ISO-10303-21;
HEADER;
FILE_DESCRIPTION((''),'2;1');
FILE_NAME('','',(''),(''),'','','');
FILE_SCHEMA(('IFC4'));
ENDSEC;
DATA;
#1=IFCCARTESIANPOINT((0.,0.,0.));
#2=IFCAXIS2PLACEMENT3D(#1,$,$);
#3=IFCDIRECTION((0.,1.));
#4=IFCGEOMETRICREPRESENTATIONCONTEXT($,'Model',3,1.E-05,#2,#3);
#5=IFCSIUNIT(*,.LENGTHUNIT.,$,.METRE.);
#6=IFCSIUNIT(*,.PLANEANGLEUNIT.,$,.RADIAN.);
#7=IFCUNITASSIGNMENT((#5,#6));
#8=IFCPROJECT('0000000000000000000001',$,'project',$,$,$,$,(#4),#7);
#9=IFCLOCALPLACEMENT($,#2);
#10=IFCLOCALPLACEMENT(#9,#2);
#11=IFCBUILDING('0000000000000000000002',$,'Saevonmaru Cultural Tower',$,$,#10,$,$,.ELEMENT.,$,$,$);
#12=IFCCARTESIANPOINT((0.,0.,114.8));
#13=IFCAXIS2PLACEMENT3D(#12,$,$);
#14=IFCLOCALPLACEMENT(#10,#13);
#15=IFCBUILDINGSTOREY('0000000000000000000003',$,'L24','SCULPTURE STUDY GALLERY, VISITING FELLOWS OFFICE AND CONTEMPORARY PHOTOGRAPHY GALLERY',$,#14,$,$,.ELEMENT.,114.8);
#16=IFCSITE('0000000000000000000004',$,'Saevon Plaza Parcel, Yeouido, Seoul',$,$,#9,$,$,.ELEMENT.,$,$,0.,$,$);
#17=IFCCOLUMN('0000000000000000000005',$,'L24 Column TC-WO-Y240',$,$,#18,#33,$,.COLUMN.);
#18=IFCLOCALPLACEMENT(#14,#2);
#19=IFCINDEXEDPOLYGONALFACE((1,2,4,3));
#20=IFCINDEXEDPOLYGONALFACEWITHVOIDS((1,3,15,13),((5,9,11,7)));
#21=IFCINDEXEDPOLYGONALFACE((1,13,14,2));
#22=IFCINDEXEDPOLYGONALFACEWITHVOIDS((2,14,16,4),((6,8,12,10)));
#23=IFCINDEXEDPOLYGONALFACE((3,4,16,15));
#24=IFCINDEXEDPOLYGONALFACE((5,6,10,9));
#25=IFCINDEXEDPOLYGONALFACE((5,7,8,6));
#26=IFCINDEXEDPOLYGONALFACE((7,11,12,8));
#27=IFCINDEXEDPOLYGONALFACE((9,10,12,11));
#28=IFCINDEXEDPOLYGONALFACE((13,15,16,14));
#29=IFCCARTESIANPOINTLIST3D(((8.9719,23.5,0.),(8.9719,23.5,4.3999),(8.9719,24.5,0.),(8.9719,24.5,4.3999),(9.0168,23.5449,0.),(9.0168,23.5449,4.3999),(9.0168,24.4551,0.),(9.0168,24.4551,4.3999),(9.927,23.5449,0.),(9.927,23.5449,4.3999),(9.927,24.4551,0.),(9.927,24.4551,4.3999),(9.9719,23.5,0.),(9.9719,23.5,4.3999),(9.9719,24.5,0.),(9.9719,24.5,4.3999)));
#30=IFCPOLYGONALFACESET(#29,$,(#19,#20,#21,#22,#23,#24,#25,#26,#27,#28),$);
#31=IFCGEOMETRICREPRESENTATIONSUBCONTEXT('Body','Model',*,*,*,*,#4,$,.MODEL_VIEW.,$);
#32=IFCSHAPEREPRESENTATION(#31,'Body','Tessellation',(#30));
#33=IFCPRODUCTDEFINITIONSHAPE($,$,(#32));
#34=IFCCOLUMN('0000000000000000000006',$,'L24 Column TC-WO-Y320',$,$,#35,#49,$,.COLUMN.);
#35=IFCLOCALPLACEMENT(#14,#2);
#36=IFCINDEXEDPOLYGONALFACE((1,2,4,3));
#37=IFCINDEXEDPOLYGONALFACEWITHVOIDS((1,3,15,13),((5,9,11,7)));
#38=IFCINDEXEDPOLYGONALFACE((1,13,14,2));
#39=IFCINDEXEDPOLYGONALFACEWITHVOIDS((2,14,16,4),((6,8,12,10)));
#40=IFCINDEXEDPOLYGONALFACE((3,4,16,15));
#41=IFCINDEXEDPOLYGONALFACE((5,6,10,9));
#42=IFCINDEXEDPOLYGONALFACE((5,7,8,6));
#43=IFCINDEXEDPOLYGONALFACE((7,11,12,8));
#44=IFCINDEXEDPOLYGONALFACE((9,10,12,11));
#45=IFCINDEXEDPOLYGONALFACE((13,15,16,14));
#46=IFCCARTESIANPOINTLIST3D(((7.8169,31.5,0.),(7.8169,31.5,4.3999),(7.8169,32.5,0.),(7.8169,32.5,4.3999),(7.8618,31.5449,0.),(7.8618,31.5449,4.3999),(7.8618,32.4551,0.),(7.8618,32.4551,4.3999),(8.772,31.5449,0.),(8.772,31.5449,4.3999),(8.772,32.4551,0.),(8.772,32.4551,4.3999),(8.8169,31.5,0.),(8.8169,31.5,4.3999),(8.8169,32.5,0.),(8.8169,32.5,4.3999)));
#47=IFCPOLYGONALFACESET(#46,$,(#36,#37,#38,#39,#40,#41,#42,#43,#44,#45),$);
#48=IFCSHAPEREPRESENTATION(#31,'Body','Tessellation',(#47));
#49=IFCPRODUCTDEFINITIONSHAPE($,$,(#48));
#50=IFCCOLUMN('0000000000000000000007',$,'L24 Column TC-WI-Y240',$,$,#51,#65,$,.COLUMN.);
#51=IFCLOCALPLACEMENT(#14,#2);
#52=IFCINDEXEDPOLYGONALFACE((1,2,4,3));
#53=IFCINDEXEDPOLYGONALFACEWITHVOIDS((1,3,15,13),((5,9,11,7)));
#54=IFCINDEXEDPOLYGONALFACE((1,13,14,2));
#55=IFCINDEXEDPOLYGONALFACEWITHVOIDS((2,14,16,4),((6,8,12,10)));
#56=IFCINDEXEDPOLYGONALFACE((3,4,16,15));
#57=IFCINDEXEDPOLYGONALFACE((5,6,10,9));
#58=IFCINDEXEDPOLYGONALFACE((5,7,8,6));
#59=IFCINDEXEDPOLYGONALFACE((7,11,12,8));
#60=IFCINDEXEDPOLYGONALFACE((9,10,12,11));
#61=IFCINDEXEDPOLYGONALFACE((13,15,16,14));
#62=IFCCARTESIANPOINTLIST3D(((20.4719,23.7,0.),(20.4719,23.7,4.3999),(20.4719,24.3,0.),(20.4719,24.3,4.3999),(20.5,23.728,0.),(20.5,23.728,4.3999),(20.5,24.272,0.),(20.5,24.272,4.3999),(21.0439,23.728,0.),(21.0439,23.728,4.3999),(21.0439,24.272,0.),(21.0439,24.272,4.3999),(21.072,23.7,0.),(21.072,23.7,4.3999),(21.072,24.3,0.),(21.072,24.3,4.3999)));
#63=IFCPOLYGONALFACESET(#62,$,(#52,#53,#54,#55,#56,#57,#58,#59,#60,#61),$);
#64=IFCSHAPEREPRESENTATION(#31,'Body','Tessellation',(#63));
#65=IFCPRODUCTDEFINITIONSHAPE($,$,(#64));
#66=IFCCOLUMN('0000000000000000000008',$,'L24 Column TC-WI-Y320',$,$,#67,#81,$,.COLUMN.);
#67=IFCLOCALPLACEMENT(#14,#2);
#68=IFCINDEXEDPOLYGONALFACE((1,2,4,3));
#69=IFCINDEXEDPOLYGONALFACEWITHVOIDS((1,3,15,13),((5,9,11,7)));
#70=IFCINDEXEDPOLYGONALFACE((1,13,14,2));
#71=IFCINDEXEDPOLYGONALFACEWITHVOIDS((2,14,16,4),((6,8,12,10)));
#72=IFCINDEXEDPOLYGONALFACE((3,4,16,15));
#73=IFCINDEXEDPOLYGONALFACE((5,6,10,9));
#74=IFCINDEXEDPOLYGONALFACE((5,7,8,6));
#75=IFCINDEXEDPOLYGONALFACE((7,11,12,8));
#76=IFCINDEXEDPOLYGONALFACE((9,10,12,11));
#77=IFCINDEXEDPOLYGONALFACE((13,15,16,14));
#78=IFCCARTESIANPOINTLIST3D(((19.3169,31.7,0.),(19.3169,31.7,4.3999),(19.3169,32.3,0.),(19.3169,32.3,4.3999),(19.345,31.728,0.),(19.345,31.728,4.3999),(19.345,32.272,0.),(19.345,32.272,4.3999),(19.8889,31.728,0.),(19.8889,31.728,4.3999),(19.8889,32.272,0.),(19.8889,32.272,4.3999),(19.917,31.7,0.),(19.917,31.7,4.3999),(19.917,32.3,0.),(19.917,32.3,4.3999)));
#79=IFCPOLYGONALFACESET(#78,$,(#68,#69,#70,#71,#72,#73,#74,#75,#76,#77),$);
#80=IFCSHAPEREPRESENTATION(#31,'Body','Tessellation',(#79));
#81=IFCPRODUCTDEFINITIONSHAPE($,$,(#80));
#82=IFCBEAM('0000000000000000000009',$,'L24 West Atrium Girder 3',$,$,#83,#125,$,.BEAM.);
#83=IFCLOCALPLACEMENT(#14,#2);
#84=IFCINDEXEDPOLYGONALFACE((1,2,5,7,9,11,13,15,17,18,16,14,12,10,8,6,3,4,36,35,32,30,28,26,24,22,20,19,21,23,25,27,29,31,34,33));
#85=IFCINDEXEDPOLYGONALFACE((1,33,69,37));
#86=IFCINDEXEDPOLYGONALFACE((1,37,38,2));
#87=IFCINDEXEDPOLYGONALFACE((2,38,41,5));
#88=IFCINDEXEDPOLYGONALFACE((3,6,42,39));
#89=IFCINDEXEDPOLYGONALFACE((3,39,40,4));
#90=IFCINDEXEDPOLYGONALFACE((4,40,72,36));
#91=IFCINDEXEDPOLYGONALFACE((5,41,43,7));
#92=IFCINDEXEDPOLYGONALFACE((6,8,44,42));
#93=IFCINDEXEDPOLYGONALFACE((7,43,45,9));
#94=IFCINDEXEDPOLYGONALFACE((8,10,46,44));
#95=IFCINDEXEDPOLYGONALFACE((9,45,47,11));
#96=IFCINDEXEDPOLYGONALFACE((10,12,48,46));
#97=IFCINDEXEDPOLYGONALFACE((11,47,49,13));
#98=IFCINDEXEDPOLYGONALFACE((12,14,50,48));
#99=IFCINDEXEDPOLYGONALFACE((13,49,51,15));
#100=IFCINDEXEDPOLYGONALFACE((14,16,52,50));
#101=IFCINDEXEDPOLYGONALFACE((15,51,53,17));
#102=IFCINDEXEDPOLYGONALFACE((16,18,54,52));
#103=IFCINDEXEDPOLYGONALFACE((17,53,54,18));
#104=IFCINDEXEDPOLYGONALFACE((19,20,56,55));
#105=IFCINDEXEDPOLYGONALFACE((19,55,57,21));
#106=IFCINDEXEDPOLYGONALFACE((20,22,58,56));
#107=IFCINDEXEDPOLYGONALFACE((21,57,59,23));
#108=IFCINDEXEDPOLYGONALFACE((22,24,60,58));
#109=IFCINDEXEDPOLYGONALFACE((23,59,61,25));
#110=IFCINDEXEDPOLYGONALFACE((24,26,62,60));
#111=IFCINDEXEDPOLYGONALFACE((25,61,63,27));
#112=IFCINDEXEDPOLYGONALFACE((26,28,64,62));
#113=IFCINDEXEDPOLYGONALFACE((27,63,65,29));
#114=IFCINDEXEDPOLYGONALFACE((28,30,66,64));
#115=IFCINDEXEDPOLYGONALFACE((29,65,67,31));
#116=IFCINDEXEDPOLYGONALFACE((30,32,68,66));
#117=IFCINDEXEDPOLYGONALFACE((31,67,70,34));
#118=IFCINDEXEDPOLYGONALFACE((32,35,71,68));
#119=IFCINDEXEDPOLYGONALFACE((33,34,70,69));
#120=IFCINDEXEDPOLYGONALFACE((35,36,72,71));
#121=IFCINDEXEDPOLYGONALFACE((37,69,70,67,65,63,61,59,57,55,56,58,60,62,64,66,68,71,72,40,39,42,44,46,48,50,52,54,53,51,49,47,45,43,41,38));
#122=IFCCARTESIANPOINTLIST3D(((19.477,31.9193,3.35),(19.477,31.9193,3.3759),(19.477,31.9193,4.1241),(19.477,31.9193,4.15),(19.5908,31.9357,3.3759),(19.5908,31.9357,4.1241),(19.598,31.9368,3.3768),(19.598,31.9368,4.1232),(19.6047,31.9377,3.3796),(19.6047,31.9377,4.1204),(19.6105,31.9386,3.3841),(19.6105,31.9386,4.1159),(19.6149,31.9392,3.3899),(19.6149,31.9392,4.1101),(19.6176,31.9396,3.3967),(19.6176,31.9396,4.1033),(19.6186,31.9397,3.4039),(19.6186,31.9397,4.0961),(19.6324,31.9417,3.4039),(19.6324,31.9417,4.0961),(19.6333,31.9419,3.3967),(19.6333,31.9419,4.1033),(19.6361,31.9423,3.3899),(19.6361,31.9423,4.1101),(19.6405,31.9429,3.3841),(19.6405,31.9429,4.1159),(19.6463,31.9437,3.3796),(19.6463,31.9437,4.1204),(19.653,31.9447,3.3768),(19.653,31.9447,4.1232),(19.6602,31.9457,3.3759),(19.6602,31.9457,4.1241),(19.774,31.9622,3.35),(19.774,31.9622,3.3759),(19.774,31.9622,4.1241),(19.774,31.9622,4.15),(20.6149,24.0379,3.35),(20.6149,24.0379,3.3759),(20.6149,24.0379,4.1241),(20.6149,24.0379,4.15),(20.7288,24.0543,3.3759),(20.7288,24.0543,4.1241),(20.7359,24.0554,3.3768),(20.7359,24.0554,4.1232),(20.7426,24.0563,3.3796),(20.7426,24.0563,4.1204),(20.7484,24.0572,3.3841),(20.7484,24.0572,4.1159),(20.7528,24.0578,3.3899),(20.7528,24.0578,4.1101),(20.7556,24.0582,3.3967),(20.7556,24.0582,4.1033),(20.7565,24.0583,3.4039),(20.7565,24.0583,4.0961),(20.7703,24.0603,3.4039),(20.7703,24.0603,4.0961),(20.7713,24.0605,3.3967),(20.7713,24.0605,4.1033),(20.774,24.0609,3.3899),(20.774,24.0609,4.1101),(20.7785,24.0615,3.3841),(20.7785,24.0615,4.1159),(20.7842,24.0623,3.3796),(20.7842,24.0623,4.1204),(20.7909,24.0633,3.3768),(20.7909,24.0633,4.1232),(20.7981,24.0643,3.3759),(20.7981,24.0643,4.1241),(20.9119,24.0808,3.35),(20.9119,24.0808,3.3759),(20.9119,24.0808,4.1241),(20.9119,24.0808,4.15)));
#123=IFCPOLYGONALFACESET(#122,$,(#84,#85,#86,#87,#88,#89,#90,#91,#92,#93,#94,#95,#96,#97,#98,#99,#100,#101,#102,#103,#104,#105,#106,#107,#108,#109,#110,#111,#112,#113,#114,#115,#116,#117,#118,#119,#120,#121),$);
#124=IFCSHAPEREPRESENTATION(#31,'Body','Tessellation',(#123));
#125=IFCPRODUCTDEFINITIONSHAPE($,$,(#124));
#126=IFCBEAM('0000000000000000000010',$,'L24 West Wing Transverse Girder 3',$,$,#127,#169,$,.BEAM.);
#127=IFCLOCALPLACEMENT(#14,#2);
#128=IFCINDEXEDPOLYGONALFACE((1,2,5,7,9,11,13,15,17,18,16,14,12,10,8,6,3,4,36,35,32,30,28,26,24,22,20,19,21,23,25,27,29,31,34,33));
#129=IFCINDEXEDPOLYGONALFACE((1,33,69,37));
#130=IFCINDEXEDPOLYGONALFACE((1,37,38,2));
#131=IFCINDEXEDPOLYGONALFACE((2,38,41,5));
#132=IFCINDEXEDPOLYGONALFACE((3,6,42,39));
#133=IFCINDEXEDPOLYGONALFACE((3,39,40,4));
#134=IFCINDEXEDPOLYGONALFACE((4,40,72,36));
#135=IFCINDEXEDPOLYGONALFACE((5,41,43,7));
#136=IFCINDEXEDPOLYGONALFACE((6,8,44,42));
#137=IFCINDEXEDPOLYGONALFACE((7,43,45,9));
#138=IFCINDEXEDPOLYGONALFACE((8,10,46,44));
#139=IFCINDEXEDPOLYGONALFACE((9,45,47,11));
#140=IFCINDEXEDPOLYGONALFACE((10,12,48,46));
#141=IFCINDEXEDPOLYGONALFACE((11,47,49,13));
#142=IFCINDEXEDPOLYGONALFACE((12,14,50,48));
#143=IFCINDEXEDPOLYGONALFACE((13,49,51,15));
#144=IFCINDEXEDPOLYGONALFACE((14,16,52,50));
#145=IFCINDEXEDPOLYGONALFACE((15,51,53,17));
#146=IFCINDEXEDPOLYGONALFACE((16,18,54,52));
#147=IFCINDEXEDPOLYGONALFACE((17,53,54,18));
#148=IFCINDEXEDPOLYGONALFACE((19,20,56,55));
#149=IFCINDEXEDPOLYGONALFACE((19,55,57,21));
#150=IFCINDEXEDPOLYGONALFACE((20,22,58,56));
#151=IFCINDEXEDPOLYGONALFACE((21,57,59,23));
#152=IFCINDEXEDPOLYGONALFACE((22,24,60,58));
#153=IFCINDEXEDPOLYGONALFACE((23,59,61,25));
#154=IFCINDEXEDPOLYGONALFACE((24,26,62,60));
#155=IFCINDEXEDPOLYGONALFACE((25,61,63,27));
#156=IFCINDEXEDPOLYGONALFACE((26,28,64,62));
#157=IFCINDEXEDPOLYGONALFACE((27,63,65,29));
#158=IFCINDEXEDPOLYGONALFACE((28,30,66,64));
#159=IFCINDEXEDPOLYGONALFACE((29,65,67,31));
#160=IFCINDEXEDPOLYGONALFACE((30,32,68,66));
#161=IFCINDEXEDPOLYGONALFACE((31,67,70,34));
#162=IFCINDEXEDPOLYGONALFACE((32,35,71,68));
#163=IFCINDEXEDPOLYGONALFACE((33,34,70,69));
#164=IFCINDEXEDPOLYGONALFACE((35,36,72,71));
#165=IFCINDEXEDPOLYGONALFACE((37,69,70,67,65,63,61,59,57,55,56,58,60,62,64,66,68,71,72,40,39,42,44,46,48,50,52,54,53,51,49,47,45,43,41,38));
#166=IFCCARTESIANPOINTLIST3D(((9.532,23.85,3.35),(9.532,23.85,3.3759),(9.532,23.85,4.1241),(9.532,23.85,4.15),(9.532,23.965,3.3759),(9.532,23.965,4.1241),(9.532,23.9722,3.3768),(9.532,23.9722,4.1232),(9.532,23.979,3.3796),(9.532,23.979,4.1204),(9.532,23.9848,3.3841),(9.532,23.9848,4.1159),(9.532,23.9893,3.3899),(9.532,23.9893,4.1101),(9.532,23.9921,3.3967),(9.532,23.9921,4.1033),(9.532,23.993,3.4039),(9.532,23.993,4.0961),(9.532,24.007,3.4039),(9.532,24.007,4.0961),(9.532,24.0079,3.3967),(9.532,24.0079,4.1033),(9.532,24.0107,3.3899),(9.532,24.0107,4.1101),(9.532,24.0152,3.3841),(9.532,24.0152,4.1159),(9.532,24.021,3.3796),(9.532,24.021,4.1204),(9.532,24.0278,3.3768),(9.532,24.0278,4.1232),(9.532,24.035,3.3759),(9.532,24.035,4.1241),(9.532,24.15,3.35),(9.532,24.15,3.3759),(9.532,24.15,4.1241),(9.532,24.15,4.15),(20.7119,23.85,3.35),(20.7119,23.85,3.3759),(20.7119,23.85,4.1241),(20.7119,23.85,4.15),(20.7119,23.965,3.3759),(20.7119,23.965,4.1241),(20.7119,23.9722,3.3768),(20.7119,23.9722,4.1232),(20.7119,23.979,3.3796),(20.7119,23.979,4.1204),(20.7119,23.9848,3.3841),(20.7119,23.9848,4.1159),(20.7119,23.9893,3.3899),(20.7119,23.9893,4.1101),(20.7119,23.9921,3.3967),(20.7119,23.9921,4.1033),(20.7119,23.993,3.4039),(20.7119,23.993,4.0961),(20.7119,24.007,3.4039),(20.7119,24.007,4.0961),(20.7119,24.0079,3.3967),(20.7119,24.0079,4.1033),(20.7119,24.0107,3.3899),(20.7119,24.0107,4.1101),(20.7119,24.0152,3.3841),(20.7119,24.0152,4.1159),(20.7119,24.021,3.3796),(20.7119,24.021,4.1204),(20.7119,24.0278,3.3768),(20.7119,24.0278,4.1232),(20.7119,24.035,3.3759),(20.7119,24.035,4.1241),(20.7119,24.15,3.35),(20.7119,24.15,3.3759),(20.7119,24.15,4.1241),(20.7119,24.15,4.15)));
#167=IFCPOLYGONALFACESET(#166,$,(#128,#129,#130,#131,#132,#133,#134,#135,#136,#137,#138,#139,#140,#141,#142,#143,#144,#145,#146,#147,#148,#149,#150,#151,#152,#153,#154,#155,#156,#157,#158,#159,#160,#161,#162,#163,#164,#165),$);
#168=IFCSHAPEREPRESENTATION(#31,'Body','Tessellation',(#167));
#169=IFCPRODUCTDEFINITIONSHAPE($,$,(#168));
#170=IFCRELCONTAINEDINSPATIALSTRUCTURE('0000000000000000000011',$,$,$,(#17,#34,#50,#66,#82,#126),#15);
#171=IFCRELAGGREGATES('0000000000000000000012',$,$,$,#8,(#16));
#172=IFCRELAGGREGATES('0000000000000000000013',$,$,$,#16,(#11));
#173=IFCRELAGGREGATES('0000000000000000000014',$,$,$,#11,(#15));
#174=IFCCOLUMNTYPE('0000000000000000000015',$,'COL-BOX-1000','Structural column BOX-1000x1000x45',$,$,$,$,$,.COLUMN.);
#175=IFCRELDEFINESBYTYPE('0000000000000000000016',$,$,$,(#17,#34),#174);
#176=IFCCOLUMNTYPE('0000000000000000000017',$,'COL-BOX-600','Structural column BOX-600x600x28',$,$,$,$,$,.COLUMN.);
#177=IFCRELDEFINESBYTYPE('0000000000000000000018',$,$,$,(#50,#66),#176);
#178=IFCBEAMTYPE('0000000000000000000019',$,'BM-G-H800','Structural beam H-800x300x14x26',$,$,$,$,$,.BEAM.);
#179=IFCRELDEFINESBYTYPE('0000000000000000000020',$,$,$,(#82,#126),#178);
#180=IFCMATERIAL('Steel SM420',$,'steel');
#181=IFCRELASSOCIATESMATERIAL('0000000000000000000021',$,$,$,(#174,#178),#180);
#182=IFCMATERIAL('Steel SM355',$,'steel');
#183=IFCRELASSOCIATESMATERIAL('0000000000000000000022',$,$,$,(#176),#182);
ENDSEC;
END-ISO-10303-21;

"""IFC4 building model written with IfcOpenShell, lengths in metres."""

from ifc_helpers import new_model, si_unit, direction, frame, origin, origin_2d, place, context, subcontext, project, spatial, hollow_rectangle, i_section, extrude, material, material_profile, profile_set, type_object, element, save


model = new_model("IFC4")

# Units and contexts
model_context = context("Model", 3, precision=1e-05, world=origin(), true_north=direction((0.0, 1.0)))
body_context = subcontext(model_context, "Body", "Model", "MODEL_VIEW")
ifc_project = project(units=[si_unit("LENGTHUNIT", "METRE"), si_unit("PLANEANGLEUNIT", "RADIAN")], contexts=[model_context])

# Site, building, storey
site_placement = place(None, origin())
site = spatial("IfcSite", under=ifc_project, at=site_placement, Name="Saevon Plaza Parcel, Yeouido, Seoul", CompositionType="ELEMENT", RefElevation=0.0)
building_placement = place(site_placement, origin())
building = spatial("IfcBuilding", under=site, at=building_placement, Name="Saevonmaru Cultural Tower", CompositionType="ELEMENT")
storey_placement = place(building_placement, frame((0.0, 0.0, 114.8)))
storey = spatial("IfcBuildingStorey", under=building, at=storey_placement, Name="L24", Description="SCULPTURE STUDY GALLERY, VISITING FELLOWS OFFICE AND CONTEMPORARY PHOTOGRAPHY GALLERY", CompositionType="ELEMENT", Elevation=114.8)

# Columns
ifc_material_1 = material(Name="Steel SM420", Category="steel")
ifc_material_profile_1 = material_profile(ifc_material_1, hollow_rectangle(XDim=1.0, YDim=1.0, WallThickness=0.0449, at=origin_2d()), Name="BOX-1000x1000x45")
ifc_profile_set_1 = profile_set([ifc_material_profile_1], Name="Steel SM420")
column_type_1 = type_object("IfcColumnType", Name="COL-BOX-1000", Description="Structural column BOX-1000x1000x45", PredefinedType="COLUMN", material=ifc_profile_set_1)
for number, where, z_axis, x_axis, name in (
    (1, (9.4719, 24.0, 0.0), (0.0, 0.0, 1.0), (1.0, 0.0, 0.0), "L24 Column TC-WO-Y240"),
    (2, (8.3169, 32.0, 0.0), (0.0, 0.0, 1.0), (1.0, 0.0, 0.0), "L24 Column TC-WO-Y320"),
):
    element("IfcColumn", number, at=place(storey_placement, frame(where, z_axis=z_axis, x_axis=x_axis)), inside=storey, type_object=column_type_1, Name=name, PredefinedType="COLUMN", context=body_context, shape_type="SweptSolid", body=[
        extrude(hollow_rectangle(XDim=1.0, YDim=1.0, WallThickness=0.0449, at=origin_2d()), origin(), (0.0, 0.0, 1.0), 4.3999),
    ])
ifc_material_2 = material(Name="Steel SM355", Category="steel")
ifc_material_profile_2 = material_profile(ifc_material_2, hollow_rectangle(XDim=0.6001, YDim=0.6001, WallThickness=0.0281, at=origin_2d()), Name="BOX-600x600x28")
ifc_profile_set_2 = profile_set([ifc_material_profile_2], Name="Steel SM355")
column_type_2 = type_object("IfcColumnType", Name="COL-BOX-600", Description="Structural column BOX-600x600x28", PredefinedType="COLUMN", material=ifc_profile_set_2)
for number, where, z_axis, x_axis, name in (
    (3, (20.772, 24.0, 0.0), (0.0, 0.0, 1.0), (1.0, 0.0, 0.0), "L24 Column TC-WI-Y240"),
    (4, (19.6169, 32.0, 0.0), (0.0, 0.0, 1.0), (1.0, 0.0, 0.0), "L24 Column TC-WI-Y320"),
):
    element("IfcColumn", number, at=place(storey_placement, frame(where, z_axis=z_axis, x_axis=x_axis)), inside=storey, type_object=column_type_2, Name=name, PredefinedType="COLUMN", context=body_context, shape_type="SweptSolid", body=[
        extrude(hollow_rectangle(XDim=0.6001, YDim=0.6001, WallThickness=0.0281, at=origin_2d()), origin(), (0.0, 0.0, 1.0), 4.3999),
    ])

# Beams
ifc_material_profile_3 = material_profile(ifc_material_1, i_section(OverallWidth=0.3, OverallDepth=0.8, WebThickness=0.0139, FlangeThickness=0.0259, FilletRadius=0.0281, at=origin_2d()), Name="H-800x300x14x26")
ifc_profile_set_3 = profile_set([ifc_material_profile_3], Name="Steel SM420")
beam_type_1 = type_object("IfcBeamType", Name="BM-G-H800", Description="Structural beam H-800x300x14x26", PredefinedType="BEAM", material=ifc_profile_set_3)
beam_1_placement = place(storey_placement, frame((20.7634, 24.0593, 3.75), z_axis=(-0.142902, 0.989737, 0.0), x_axis=(-0.989737, -0.142902, 0.0)))
element("IfcBeam", 5, at=beam_1_placement, inside=storey, type_object=beam_type_1, Name="L24 West Atrium Girder 3", PredefinedType="BEAM", context=body_context, shape_type="SweptSolid", body=[
    extrude(i_section(OverallWidth=0.3, OverallDepth=0.8, WebThickness=0.0139, FlangeThickness=0.0259, FilletRadius=0.0281, at=origin_2d()), origin(), (0.0, 0.0, 1.0), 7.9631),
])
for number, where, z_axis, x_axis, name in (
    (6, (9.532, 24.0, 3.75), (1.0, 0.0, 0.0), (0.0, 1.0, 0.0), "L24 West Wing Transverse Girder 3"),
):
    element("IfcBeam", number, at=place(storey_placement, frame(where, z_axis=z_axis, x_axis=x_axis)), inside=storey, type_object=beam_type_1, Name=name, PredefinedType="BEAM", context=body_context, shape_type="SweptSolid", body=[
        extrude(i_section(OverallWidth=0.3, OverallDepth=0.8, WebThickness=0.0139, FlangeThickness=0.0259, FilletRadius=0.0281, at=origin_2d()), origin(), (0.0, 0.0, 1.0), 11.1799),
    ])

save(model, "model.ifc")
